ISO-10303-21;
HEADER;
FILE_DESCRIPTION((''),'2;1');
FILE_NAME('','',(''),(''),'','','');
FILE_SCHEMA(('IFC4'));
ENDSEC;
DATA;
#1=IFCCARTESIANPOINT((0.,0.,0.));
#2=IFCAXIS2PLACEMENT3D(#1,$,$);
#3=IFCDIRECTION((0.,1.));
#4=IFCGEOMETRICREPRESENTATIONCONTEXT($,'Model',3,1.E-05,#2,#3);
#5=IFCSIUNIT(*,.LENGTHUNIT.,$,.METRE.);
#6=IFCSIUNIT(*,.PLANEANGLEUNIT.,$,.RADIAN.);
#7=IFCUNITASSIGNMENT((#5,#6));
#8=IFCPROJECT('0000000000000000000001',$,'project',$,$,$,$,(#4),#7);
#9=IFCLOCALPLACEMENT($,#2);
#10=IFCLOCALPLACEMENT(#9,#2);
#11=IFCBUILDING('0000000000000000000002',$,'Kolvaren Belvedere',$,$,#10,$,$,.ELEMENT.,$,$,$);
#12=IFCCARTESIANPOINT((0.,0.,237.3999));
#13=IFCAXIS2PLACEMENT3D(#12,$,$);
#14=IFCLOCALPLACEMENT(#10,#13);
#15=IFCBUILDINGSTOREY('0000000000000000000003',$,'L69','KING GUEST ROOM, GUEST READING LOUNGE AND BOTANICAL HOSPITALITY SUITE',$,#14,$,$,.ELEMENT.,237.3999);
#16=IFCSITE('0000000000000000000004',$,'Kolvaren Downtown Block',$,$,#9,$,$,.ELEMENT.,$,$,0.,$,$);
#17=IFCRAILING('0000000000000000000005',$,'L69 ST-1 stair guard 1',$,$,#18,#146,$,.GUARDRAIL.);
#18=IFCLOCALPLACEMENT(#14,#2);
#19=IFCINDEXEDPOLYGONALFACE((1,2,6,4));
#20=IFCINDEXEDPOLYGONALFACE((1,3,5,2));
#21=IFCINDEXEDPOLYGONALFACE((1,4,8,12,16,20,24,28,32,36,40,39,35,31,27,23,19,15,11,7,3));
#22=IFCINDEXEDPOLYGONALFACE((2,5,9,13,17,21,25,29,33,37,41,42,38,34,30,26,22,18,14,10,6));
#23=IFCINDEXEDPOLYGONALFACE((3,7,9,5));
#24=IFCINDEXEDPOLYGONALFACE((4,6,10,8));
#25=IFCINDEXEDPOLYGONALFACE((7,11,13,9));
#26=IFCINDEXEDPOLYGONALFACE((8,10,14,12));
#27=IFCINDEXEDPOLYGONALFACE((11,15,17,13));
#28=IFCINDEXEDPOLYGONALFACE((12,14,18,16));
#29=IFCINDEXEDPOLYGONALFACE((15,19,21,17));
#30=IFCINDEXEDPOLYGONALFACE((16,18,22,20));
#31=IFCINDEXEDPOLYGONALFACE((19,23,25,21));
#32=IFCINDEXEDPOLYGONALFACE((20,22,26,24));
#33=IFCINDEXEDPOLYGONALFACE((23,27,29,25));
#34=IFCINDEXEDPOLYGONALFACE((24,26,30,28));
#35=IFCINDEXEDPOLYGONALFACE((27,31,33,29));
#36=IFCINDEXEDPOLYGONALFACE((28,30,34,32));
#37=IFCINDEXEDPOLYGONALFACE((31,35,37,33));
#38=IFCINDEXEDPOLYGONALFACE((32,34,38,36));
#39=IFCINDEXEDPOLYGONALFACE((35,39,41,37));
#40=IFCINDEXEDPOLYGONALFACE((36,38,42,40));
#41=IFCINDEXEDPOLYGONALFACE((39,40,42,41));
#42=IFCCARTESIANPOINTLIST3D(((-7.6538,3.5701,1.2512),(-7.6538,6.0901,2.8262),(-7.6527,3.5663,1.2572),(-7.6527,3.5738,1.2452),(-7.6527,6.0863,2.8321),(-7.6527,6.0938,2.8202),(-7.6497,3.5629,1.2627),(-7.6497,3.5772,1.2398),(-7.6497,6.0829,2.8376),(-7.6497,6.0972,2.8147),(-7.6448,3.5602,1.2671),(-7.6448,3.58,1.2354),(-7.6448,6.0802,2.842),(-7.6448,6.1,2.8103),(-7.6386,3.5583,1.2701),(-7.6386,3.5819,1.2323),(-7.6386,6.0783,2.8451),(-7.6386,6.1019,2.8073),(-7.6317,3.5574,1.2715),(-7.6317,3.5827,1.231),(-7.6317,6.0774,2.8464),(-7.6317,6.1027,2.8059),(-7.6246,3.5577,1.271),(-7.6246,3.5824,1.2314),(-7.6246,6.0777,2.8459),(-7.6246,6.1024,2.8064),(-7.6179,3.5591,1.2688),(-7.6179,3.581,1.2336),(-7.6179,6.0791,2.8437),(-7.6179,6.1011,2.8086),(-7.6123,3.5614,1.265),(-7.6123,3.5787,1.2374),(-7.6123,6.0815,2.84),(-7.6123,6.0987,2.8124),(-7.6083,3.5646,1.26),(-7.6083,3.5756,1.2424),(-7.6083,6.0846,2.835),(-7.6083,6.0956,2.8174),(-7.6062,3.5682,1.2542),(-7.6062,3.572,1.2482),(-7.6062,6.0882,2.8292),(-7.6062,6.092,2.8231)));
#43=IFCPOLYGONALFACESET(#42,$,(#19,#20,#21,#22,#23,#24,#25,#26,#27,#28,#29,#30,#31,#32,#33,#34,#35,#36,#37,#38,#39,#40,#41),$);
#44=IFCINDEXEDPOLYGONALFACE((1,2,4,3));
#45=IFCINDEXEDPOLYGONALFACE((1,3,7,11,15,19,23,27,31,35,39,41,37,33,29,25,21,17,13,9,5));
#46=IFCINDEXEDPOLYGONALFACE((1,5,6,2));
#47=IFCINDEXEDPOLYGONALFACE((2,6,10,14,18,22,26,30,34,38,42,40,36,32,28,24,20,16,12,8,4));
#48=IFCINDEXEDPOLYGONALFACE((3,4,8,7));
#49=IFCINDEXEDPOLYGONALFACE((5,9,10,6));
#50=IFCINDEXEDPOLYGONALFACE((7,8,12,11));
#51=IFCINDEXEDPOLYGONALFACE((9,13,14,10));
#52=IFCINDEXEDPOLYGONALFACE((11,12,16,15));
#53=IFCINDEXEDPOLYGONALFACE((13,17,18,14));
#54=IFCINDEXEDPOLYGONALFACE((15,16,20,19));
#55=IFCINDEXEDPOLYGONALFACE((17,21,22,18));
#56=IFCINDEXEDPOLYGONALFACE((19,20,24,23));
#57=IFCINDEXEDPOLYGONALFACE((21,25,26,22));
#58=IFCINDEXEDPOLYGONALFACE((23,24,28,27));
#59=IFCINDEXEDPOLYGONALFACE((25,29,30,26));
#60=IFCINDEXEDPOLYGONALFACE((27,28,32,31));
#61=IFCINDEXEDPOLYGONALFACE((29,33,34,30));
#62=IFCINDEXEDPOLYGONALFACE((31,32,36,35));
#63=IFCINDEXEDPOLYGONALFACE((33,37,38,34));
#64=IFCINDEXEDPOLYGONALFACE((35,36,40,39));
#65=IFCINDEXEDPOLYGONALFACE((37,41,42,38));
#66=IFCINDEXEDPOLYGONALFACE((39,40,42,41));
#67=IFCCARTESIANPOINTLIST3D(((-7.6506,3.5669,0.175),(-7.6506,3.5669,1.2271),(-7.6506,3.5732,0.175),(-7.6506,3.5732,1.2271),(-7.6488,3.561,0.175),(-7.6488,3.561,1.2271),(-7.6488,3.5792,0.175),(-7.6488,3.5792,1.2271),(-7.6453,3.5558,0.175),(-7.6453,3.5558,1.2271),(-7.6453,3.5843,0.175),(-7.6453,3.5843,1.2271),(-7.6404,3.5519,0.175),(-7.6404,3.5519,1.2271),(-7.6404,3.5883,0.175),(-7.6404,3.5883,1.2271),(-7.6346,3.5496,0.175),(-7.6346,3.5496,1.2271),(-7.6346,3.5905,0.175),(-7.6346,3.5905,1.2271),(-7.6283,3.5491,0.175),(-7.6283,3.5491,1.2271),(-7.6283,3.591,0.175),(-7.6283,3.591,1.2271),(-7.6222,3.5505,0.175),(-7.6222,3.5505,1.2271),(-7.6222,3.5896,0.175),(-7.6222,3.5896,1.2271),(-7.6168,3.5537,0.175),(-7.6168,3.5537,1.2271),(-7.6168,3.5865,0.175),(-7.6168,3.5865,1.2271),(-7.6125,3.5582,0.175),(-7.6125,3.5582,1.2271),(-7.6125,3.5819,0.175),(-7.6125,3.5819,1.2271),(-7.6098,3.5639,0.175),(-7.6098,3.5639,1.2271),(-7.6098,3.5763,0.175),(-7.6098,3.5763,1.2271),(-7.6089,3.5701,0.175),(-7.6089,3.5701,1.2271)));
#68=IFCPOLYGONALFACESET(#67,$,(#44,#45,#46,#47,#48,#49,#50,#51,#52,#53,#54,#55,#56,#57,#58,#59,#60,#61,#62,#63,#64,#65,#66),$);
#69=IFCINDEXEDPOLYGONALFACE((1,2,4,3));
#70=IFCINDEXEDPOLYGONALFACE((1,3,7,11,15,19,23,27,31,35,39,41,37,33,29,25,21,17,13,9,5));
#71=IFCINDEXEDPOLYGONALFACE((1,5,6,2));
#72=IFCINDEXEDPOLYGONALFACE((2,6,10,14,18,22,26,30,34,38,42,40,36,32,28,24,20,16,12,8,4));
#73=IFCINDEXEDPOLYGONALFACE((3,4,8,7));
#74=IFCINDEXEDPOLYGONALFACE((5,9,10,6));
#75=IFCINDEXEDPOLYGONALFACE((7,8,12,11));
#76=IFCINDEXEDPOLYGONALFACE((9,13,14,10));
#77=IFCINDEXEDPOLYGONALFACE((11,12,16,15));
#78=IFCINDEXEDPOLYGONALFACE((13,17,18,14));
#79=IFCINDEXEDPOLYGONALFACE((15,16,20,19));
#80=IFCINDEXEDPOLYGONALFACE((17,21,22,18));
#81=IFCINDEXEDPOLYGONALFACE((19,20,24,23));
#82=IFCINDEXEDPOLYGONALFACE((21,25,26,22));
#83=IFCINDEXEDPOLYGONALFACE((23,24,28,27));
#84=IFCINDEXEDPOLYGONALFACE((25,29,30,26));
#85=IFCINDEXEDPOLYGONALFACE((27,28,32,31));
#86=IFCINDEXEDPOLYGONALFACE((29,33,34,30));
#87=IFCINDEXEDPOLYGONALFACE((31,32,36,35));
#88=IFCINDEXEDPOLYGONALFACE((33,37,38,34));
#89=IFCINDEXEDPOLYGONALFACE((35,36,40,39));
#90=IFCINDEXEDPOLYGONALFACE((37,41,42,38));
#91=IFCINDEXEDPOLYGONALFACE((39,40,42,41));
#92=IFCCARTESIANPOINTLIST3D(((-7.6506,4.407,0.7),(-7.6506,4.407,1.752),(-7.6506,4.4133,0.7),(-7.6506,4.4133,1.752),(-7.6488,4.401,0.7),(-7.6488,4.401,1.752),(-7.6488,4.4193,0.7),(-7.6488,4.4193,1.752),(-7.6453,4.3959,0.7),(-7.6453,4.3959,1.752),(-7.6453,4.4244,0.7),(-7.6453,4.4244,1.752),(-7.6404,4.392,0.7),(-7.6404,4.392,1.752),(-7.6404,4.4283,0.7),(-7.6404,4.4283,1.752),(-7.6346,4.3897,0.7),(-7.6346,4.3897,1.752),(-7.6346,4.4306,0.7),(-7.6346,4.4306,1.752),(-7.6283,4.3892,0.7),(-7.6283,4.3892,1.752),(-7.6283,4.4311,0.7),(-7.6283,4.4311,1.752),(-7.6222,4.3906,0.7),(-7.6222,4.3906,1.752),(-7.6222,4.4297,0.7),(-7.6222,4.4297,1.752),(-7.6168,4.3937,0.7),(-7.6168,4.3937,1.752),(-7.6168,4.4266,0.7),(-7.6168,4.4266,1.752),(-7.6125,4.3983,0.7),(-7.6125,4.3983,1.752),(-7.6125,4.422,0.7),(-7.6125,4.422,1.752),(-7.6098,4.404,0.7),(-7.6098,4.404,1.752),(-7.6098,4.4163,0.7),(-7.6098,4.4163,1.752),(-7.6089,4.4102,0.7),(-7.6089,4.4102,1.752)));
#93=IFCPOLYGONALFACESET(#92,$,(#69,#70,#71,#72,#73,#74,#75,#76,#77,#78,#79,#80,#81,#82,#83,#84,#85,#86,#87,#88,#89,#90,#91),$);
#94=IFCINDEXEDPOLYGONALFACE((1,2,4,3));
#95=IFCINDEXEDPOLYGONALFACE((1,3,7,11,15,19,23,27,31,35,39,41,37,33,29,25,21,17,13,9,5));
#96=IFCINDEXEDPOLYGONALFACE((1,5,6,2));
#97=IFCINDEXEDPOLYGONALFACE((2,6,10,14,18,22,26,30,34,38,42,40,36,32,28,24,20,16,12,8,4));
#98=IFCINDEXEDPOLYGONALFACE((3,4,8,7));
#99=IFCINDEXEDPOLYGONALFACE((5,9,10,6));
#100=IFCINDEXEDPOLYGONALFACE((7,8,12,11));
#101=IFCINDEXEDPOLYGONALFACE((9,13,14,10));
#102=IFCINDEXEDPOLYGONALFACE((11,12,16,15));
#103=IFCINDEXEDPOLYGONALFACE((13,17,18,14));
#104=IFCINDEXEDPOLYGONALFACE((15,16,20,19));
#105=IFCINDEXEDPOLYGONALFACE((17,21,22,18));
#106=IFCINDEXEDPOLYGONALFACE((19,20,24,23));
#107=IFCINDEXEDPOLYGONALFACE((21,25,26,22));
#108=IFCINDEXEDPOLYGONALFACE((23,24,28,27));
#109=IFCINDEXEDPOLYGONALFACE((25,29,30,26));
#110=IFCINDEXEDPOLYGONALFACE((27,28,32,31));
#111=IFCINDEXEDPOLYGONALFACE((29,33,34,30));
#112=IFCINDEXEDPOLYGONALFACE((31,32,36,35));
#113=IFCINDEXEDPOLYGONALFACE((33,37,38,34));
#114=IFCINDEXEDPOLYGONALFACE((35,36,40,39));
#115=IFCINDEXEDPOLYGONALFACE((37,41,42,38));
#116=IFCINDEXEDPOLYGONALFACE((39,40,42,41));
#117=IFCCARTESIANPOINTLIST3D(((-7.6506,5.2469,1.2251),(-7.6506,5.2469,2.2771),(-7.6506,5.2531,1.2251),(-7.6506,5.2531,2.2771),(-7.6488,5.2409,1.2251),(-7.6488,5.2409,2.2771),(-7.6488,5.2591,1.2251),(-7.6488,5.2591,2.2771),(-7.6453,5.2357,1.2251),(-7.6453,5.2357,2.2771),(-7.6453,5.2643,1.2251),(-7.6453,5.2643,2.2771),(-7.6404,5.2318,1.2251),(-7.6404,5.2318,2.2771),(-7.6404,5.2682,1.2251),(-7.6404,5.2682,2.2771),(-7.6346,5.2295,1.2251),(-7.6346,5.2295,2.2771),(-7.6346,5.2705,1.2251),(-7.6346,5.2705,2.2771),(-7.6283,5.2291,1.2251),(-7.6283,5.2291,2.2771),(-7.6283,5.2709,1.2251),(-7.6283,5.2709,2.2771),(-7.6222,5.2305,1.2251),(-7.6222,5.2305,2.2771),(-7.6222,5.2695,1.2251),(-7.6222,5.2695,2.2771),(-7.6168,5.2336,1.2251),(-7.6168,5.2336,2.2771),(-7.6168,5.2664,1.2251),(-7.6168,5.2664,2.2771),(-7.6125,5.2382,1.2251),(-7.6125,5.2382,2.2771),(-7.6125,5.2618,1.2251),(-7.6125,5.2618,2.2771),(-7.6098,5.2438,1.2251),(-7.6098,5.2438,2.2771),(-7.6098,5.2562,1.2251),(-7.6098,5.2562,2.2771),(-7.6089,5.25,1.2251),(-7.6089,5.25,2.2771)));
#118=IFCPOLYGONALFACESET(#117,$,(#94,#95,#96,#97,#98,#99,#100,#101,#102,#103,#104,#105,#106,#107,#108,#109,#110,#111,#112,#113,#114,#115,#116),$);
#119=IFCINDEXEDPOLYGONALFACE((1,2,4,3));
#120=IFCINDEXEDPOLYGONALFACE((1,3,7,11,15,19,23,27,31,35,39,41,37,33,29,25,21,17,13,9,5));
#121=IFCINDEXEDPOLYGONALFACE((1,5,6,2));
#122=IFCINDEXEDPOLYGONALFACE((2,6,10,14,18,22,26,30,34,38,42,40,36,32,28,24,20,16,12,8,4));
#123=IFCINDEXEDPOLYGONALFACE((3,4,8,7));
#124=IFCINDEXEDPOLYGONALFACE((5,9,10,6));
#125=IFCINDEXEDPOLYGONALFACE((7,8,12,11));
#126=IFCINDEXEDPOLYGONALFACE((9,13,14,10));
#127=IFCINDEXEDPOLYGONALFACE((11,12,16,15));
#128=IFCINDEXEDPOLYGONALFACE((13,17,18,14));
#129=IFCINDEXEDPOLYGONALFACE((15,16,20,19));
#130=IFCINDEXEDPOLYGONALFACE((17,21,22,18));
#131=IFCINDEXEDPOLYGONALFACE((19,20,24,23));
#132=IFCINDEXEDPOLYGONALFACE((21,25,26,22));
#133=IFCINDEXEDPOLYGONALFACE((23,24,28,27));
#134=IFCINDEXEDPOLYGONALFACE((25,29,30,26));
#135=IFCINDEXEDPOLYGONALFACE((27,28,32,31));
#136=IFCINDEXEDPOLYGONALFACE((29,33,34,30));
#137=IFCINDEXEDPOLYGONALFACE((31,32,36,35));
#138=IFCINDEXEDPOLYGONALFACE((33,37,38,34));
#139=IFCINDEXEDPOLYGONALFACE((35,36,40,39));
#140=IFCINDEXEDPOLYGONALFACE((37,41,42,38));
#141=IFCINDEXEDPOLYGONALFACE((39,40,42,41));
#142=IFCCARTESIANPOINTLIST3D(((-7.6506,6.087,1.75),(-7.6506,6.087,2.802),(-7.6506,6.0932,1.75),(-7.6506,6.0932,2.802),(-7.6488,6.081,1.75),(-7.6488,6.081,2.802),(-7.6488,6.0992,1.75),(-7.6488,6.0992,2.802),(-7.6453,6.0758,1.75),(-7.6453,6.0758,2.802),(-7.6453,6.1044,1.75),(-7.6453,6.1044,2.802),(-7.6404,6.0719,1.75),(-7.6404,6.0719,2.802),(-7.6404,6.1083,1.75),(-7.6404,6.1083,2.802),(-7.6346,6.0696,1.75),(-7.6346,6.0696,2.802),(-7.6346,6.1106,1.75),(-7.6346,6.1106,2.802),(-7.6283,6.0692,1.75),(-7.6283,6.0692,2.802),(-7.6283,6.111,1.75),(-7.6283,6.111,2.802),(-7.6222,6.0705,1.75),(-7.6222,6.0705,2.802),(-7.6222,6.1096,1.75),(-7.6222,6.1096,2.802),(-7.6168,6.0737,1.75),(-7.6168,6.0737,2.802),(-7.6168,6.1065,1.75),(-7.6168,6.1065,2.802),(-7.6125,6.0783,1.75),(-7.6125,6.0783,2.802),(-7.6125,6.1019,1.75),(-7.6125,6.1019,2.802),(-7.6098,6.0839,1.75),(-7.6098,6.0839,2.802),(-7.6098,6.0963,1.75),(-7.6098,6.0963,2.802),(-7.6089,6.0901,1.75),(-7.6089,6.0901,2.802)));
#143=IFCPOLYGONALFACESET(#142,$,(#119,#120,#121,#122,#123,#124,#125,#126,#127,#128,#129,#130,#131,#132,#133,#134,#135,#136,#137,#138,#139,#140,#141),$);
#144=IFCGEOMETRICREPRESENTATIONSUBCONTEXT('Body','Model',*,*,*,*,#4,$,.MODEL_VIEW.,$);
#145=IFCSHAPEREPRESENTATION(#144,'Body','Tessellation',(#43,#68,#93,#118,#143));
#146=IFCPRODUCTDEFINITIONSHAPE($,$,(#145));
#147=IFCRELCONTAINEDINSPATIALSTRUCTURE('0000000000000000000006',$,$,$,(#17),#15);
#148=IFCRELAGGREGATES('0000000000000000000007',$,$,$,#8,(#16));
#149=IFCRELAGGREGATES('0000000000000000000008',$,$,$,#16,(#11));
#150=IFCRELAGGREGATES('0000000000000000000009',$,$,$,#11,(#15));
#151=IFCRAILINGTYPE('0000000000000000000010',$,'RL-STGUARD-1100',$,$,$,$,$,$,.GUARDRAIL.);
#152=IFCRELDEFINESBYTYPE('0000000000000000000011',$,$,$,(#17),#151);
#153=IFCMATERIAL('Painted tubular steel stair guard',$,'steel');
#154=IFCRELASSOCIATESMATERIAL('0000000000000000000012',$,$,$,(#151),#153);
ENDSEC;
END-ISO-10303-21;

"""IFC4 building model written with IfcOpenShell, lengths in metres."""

from ifc_helpers import new_model, si_unit, direction, frame, origin, origin_2d, place, context, subcontext, project, spatial, circle, extrude, material, type_object, element, save


model = new_model("IFC4")

# Units and contexts
model_context = context("Model", 3, precision=1e-05, world=origin(), true_north=direction((0.0, 1.0)))
body_context = subcontext(model_context, "Body", "Model", "MODEL_VIEW")
ifc_project = project(units=[si_unit("LENGTHUNIT", "METRE"), si_unit("PLANEANGLEUNIT", "RADIAN")], contexts=[model_context])

# Site, building, storey
site_placement = place(None, origin())
site = spatial("IfcSite", under=ifc_project, at=site_placement, Name="Kolvaren Downtown Block", CompositionType="ELEMENT", RefElevation=0.0)
building_placement = place(site_placement, origin())
building = spatial("IfcBuilding", under=site, at=building_placement, Name="Kolvaren Belvedere", CompositionType="ELEMENT")
storey_placement = place(building_placement, frame((0.0, 0.0, 237.3999)))
storey = spatial("IfcBuildingStorey", under=building, at=storey_placement, Name="L69", Description="KING GUEST ROOM, GUEST READING LOUNGE AND BOTANICAL HOSPITALITY SUITE", CompositionType="ELEMENT", Elevation=237.3999)

# Railing
ifc_material_1 = material(Name="Painted tubular steel stair guard", Category="steel")
railing_type_1 = type_object("IfcRailingType", Name="RL-STGUARD-1100", PredefinedType="GUARDRAIL", material=ifc_material_1)
railing_1_placement = place(storey_placement, frame((-7.6299, 3.5701, 0.175)))
element("IfcRailing", 1, at=railing_1_placement, inside=storey, type_object=railing_type_1, Name="L69 ST-1 stair guard 1", PredefinedType="GUARDRAIL", context=body_context, shape_type="SweptSolid", body=[
    extrude(circle(Radius=0.0239, at=origin_2d()), frame((0.0, 0.0, 1.0762), z_axis=(0.0, 0.848008, 0.529984), x_axis=(-1.0, 0.0, 0.0)), (0.0, 0.0, 1.0), 2.9717),
    extrude(circle(Radius=0.021, at=origin_2d()), origin(), (0.0, 0.0, 1.0), 1.052),
    extrude(circle(Radius=0.021, at=origin_2d()), frame((0.0, 0.8401, 0.5249)), (0.0, 0.0, 1.0), 1.052),
    extrude(circle(Radius=0.021, at=origin_2d()), frame((0.0, 1.6799, 1.05)), (0.0, 0.0, 1.0), 1.052),
    extrude(circle(Radius=0.021, at=origin_2d()), frame((0.0, 2.52, 1.575)), (0.0, 0.0, 1.0), 1.052),
])

save(model, "model.ifc")
